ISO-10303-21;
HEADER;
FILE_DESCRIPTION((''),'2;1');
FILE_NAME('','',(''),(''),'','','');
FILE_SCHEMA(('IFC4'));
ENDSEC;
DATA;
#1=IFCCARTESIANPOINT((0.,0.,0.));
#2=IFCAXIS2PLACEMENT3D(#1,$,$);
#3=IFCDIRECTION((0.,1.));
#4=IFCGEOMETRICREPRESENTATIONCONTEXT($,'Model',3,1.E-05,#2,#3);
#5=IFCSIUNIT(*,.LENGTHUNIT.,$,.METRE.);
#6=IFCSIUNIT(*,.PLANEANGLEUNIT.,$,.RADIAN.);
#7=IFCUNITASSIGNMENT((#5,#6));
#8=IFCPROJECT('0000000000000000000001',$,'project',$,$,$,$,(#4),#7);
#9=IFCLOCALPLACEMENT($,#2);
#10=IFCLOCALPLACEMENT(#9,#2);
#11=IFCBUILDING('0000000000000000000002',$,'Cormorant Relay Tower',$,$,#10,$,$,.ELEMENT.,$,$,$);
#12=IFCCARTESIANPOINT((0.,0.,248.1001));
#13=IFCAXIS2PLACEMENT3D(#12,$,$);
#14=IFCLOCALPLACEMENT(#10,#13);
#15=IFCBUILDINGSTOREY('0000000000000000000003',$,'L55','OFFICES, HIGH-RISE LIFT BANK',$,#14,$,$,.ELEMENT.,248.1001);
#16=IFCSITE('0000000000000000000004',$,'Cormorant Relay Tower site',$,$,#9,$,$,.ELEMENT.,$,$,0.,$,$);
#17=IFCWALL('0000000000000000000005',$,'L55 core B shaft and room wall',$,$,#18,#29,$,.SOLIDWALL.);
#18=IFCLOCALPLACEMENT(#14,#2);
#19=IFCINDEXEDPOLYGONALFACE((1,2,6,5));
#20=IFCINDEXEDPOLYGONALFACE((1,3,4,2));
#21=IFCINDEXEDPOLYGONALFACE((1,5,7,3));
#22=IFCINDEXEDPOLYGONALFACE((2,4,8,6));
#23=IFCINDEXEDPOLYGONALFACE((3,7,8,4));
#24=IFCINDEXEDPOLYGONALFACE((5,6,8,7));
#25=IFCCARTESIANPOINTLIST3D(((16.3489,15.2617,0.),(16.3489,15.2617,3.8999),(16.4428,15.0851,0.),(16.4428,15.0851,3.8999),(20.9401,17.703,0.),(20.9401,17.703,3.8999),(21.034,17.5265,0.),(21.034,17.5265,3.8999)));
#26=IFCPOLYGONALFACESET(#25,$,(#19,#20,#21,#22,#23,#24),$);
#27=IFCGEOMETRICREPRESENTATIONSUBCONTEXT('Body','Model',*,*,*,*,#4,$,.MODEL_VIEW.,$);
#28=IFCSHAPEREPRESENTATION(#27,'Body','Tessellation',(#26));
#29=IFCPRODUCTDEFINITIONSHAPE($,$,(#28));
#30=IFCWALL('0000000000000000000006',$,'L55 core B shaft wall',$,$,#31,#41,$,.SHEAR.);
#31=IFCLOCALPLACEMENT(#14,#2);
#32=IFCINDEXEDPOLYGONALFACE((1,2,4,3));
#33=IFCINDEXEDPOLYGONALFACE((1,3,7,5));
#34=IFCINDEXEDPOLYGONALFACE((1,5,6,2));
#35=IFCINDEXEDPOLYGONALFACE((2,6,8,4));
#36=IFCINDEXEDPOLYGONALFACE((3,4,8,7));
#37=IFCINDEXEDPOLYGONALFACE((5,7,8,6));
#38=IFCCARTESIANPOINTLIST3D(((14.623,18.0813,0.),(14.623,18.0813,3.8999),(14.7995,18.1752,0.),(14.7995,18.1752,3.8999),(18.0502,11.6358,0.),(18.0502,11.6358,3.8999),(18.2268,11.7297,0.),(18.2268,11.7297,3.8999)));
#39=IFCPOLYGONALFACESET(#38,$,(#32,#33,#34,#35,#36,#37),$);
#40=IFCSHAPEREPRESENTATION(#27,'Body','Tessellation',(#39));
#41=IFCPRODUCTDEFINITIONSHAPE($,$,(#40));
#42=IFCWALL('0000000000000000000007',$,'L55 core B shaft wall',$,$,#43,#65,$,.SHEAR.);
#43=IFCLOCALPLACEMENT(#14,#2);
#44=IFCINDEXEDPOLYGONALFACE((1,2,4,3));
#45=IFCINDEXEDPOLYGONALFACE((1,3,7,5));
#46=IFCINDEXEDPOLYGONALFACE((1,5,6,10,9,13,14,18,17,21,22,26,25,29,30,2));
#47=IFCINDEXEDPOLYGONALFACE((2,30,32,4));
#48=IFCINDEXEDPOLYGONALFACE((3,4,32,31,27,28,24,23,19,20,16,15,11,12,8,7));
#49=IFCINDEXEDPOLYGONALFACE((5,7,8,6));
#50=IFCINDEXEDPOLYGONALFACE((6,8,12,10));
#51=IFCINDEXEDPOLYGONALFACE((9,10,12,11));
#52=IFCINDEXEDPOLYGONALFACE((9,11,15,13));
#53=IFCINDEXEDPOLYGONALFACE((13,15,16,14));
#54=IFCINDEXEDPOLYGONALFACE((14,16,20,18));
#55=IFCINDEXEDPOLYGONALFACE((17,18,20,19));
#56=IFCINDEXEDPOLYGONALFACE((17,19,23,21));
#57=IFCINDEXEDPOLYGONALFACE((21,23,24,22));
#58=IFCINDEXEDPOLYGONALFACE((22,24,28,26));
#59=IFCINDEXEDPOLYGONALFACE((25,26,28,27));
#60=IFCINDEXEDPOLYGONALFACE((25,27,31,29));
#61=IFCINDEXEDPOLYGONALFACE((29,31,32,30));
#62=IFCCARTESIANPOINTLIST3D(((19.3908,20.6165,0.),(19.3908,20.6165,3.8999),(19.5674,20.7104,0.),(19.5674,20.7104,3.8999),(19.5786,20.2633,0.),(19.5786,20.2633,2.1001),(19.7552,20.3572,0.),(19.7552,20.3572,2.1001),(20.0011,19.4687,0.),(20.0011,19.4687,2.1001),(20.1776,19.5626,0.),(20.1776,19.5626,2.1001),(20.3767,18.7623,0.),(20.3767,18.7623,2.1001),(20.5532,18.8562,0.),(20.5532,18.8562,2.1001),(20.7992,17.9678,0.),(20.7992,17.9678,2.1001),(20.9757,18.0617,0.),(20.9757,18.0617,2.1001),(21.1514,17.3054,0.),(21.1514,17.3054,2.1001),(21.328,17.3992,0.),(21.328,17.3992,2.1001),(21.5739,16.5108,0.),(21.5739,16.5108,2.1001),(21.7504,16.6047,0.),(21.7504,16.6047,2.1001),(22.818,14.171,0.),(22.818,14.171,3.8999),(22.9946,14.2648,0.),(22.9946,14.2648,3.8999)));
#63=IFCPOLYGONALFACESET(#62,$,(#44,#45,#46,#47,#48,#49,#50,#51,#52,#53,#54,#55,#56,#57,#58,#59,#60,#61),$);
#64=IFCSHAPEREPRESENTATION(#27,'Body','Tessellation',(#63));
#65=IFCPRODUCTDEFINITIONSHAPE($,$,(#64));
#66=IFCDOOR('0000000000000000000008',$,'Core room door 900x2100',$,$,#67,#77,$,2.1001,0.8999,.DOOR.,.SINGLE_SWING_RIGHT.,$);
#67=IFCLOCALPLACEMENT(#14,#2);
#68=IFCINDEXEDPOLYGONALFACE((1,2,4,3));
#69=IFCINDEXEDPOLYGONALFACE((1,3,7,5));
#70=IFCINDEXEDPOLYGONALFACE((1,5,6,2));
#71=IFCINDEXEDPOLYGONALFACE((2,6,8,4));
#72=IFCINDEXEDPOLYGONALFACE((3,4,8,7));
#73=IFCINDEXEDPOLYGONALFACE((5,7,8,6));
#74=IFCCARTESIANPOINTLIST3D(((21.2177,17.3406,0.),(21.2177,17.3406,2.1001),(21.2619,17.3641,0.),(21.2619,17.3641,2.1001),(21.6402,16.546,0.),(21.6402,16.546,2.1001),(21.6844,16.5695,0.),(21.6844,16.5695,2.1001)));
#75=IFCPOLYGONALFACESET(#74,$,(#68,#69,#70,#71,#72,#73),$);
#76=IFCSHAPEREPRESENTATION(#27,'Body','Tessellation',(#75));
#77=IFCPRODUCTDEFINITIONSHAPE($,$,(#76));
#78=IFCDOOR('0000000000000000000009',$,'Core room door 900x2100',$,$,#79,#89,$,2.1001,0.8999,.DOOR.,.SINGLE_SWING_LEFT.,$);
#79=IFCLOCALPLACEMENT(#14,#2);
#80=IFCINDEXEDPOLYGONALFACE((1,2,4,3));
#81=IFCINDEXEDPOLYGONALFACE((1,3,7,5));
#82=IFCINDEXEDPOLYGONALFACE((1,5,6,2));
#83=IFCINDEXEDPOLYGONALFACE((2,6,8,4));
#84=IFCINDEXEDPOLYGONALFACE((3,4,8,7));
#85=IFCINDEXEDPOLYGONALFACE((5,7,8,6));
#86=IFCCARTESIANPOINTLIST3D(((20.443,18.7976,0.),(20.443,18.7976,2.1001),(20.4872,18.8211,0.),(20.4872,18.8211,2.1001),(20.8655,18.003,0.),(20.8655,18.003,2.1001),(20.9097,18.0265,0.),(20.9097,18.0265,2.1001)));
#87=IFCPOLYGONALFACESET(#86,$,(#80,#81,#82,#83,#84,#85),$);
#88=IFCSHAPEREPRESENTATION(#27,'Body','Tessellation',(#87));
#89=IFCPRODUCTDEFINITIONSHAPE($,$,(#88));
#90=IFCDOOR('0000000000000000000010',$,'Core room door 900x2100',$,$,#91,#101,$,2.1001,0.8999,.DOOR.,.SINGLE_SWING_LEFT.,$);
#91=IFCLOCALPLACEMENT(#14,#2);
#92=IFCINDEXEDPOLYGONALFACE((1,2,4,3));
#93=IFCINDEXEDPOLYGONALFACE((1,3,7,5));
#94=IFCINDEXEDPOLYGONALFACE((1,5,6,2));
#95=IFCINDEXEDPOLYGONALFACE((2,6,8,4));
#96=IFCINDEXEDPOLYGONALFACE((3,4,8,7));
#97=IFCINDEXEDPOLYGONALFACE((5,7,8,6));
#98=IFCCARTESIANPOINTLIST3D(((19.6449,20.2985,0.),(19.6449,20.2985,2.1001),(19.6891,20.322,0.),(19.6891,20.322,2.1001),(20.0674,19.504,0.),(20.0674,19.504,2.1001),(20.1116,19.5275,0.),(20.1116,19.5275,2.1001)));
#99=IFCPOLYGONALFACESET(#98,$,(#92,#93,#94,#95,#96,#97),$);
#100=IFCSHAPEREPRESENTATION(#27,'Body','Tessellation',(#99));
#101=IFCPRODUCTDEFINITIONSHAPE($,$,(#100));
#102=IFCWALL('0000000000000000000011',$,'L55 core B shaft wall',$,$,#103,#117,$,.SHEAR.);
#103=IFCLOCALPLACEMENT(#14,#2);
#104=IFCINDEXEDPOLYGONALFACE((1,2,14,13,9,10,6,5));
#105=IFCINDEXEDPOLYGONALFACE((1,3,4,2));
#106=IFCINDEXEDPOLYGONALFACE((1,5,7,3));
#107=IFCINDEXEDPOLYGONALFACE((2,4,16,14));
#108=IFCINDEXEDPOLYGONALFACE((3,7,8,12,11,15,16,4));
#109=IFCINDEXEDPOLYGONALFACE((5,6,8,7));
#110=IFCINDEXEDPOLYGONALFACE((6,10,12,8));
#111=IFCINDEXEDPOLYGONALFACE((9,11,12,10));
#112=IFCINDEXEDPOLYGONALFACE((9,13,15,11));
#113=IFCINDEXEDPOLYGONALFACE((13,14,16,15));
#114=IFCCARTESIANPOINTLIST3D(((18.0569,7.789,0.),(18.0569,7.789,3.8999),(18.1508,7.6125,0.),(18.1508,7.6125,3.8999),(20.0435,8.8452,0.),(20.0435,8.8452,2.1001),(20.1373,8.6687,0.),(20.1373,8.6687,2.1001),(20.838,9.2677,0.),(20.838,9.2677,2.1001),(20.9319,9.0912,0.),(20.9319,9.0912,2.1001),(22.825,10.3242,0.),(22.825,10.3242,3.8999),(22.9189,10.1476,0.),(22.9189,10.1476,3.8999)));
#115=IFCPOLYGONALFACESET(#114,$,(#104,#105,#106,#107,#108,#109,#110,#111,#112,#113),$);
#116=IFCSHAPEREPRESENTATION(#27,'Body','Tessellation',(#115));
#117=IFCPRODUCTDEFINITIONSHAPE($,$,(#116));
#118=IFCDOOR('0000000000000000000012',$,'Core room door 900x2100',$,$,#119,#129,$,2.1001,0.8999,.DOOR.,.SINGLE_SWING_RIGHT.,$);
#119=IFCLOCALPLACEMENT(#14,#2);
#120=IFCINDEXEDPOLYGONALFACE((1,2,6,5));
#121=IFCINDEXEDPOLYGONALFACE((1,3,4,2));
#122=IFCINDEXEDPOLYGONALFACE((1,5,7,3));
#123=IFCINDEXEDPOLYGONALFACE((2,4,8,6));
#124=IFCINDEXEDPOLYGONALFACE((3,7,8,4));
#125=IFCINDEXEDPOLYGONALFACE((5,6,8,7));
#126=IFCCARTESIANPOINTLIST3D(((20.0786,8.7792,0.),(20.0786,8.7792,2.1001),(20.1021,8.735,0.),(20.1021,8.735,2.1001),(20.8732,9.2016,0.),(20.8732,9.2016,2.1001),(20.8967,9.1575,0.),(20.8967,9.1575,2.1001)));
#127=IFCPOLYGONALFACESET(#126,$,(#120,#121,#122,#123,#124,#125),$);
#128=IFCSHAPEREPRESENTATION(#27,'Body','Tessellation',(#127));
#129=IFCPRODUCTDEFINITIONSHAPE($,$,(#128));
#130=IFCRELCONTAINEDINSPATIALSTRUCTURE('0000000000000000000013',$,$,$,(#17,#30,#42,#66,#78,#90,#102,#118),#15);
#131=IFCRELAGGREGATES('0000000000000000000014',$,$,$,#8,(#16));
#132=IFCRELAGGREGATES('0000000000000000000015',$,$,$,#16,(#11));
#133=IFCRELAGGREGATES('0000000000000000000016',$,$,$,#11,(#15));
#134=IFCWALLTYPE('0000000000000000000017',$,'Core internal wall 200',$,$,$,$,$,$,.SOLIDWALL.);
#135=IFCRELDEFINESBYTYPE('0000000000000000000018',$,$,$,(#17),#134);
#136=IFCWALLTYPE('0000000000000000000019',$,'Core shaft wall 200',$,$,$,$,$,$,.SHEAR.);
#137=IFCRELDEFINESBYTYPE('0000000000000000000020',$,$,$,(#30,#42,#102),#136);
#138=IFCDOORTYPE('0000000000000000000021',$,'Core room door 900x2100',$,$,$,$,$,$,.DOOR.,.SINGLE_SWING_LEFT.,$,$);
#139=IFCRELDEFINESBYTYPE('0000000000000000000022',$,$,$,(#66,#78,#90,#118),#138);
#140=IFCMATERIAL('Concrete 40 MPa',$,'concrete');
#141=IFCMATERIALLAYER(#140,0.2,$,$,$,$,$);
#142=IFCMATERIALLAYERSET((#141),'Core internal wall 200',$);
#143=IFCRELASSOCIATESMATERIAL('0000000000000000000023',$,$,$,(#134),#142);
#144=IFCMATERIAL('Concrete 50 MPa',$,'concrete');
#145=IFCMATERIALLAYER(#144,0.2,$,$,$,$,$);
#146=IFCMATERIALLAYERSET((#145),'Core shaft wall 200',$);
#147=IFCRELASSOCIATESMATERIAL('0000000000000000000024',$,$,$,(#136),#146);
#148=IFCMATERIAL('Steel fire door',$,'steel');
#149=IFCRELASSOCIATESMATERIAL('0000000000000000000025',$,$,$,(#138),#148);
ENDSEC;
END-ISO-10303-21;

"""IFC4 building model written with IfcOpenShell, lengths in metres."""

from ifc_helpers import new_model, si_unit, direction, frame, frame_2d, origin, place, context, subcontext, project, spatial, rectangle, extrude, material, layer, layer_set, type_object, element, fill, save


model = new_model("IFC4")

# Units and contexts
model_context = context("Model", 3, precision=1e-05, world=origin(), true_north=direction((0.0, 1.0)))
body_context = subcontext(model_context, "Body", "Model", "MODEL_VIEW")
ifc_project = project(units=[si_unit("LENGTHUNIT", "METRE"), si_unit("PLANEANGLEUNIT", "RADIAN")], contexts=[model_context])

# Site, building, storey
site_placement = place(None, origin())
site = spatial("IfcSite", under=ifc_project, at=site_placement, Name="Cormorant Relay Tower site", CompositionType="ELEMENT", RefElevation=0.0)
building_placement = place(site_placement, origin())
building = spatial("IfcBuilding", under=site, at=building_placement, Name="Cormorant Relay Tower", CompositionType="ELEMENT")
storey_placement = place(building_placement, frame((0.0, 0.0, 248.1001)))
storey = spatial("IfcBuildingStorey", under=building, at=storey_placement, Name="L55", Description="OFFICES, HIGH-RISE LIFT BANK", CompositionType="ELEMENT", Elevation=248.1001)

# Walls
ifc_material_1 = material(Name="Concrete 40 MPa", Category="concrete")
ifc_layer_1 = layer(ifc_material_1, 0.2)
ifc_layer_set_1 = layer_set([ifc_layer_1], Name="Core internal wall 200")
wall_type_1 = type_object("IfcWallType", Name="Core internal wall 200", PredefinedType="SOLIDWALL", material=ifc_layer_set_1)
wall_1_placement = place(storey_placement, frame((16.3958, 15.1733, 0.0), z_axis=(0.0, 0.0, 1.0), x_axis=(0.882935, 0.469496, 0.0)))
element("IfcWall", 1, at=wall_1_placement, inside=storey, type_object=wall_type_1, Name="L55 core B shaft and room wall", PredefinedType="SOLIDWALL", context=body_context, shape_type="SweptSolid", body=[
    extrude(rectangle(XDim=5.2, YDim=0.2, at=frame_2d((2.6001, 0.0))), origin(), (0.0, 0.0, 1.0), 3.8999),
])
ifc_material_2 = material(Name="Concrete 50 MPa", Category="concrete")
ifc_layer_2 = layer(ifc_material_2, 0.2)
ifc_layer_set_2 = layer_set([ifc_layer_2], Name="Core shaft wall 200")
wall_type_2 = type_object("IfcWallType", Name="Core shaft wall 200", PredefinedType="SHEAR", material=ifc_layer_set_2)
wall_2_placement = place(storey_placement, frame((18.1384, 11.6829, 0.0), z_axis=(0.0, 0.0, 1.0), x_axis=(-0.46948, 0.882943, 0.0)))
element("IfcWall", 2, at=wall_2_placement, inside=storey, type_object=wall_type_2, Name="L55 core B shaft wall", PredefinedType="SHEAR", context=body_context, shape_type="SweptSolid", body=[
    extrude(rectangle(XDim=7.3, YDim=0.2, at=frame_2d((3.6499, 0.0))), origin(), (0.0, 0.0, 1.0), 3.8999),
])

# Wall, openings, doors
wall_3_placement = place(storey_placement, frame((22.9062, 14.218, 0.0), z_axis=(0.0, 0.0, 1.0), x_axis=(-0.46948, 0.882943, 0.0)))
wall_3 = element("IfcWall", 3, at=wall_3_placement, inside=storey, type_object=wall_type_2, Name="L55 core B shaft wall", PredefinedType="SHEAR", context=body_context, shape_type="SweptSolid", body=[
    extrude(rectangle(XDim=7.3, YDim=0.2, at=frame_2d((3.6499, 0.0))), origin(), (0.0, 0.0, 1.0), 3.8999),
])
opening_1_placement = place(wall_3_placement, frame((2.6499, 0.0, 0.0)))
opening_1 = element("IfcOpeningElement", 4, at=opening_1_placement, cuts=wall_3, PredefinedType="OPENING", context=body_context, shape_type="SweptSolid", body=[
    extrude(rectangle(XDim=0.8999, YDim=2.1001, at=frame_2d((0.45, 1.05))), frame((0.0, 0.1099, 0.0), z_axis=(0.0, -1.0, 0.0), x_axis=(1.0, 0.0, 0.0)), (0.0, 0.0, 1.0), 0.22),
])
opening_2_placement = place(wall_3_placement, frame((4.3, 0.0, 0.0)))
opening_2 = element("IfcOpeningElement", 5, at=opening_2_placement, cuts=wall_3, PredefinedType="OPENING", context=body_context, shape_type="SweptSolid", body=[
    extrude(rectangle(XDim=0.8999, YDim=2.1001, at=frame_2d((0.45, 1.05))), frame((0.0, 0.1099, 0.0), z_axis=(0.0, -1.0, 0.0), x_axis=(1.0, 0.0, 0.0)), (0.0, 0.0, 1.0), 0.22),
])
opening_3_placement = place(wall_3_placement, frame((6.0, 0.0, 0.0)))
opening_3 = element("IfcOpeningElement", 6, at=opening_3_placement, cuts=wall_3, PredefinedType="OPENING", context=body_context, shape_type="SweptSolid", body=[
    extrude(rectangle(XDim=0.8999, YDim=2.1001, at=frame_2d((0.45, 1.05))), frame((0.0, 0.1099, 0.0), z_axis=(0.0, -1.0, 0.0), x_axis=(1.0, 0.0, 0.0)), (0.0, 0.0, 1.0), 0.22),
])
ifc_material_3 = material(Name="Steel fire door", Category="steel")
door_type_1 = type_object("IfcDoorType", Name="Core room door 900x2100", OperationType="SINGLE_SWING_LEFT", PredefinedType="DOOR", material=ifc_material_3)
door_1_placement = place(opening_1_placement, origin())
door_1 = element("IfcDoor", 7, at=door_1_placement, inside=storey, type_object=door_type_1, Name="Core room door 900x2100", OperationType="SINGLE_SWING_RIGHT", OverallHeight=2.1001, OverallWidth=0.8999, PredefinedType="DOOR", context=body_context, shape_type="SweptSolid", body=[
    extrude(rectangle(XDim=0.8999, YDim=2.1001, at=frame_2d((0.45, 1.05))), frame((0.0, 0.0249, 0.0), z_axis=(0.0, -1.0, 0.0), x_axis=(1.0, 0.0, 0.0)), (0.0, 0.0, 1.0), 0.05),
])
fill(opening_1, door_1)
door_2_placement = place(opening_2_placement, origin())
door_2 = element("IfcDoor", 8, at=door_2_placement, inside=storey, type_object=door_type_1, Name="Core room door 900x2100", OperationType="SINGLE_SWING_LEFT", OverallHeight=2.1001, OverallWidth=0.8999, PredefinedType="DOOR", context=body_context, shape_type="SweptSolid", body=[
    extrude(rectangle(XDim=0.8999, YDim=2.1001, at=frame_2d((0.45, 1.05))), frame((0.0, 0.0249, 0.0), z_axis=(0.0, -1.0, 0.0), x_axis=(1.0, 0.0, 0.0)), (0.0, 0.0, 1.0), 0.05),
])
fill(opening_2, door_2)
door_3_placement = place(opening_3_placement, origin())
door_3 = element("IfcDoor", 9, at=door_3_placement, inside=storey, type_object=door_type_1, Name="Core room door 900x2100", OperationType="SINGLE_SWING_LEFT", OverallHeight=2.1001, OverallWidth=0.8999, PredefinedType="DOOR", context=body_context, shape_type="SweptSolid", body=[
    extrude(rectangle(XDim=0.8999, YDim=2.1001, at=frame_2d((0.45, 1.05))), frame((0.0, 0.0249, 0.0), z_axis=(0.0, -1.0, 0.0), x_axis=(1.0, 0.0, 0.0)), (0.0, 0.0, 1.0), 0.05),
])
fill(opening_3, door_3)

# Wall, opening, door
wall_4_placement = place(storey_placement, frame((18.1038, 7.7007, 0.0), z_axis=(0.0, 0.0, 1.0), x_axis=(0.882953, 0.469462, 0.0)))
wall_4 = element("IfcWall", 10, at=wall_4_placement, inside=storey, type_object=wall_type_2, Name="L55 core B shaft wall", PredefinedType="SHEAR", context=body_context, shape_type="SweptSolid", body=[
    extrude(rectangle(XDim=5.4001, YDim=0.2, at=frame_2d((2.7002, 0.0))), origin(), (0.0, 0.0, 1.0), 3.8999),
])
opening_4_placement = place(wall_4_placement, frame((2.25, 0.0, 0.0)))
opening_4 = element("IfcOpeningElement", 11, at=opening_4_placement, cuts=wall_4, PredefinedType="OPENING", context=body_context, shape_type="SweptSolid", body=[
    extrude(rectangle(XDim=0.8999, YDim=2.1001, at=frame_2d((0.45, 1.05))), frame((0.0, 0.1099, 0.0), z_axis=(0.0, -1.0, 0.0), x_axis=(1.0, 0.0, 0.0)), (0.0, 0.0, 1.0), 0.22),
])
door_4_placement = place(opening_4_placement, frame((0.8999, 0.0, 0.0), z_axis=(0.0, 0.0, 1.0), x_axis=(-1.0, 0.0, 0.0)))
door_4 = element("IfcDoor", 12, at=door_4_placement, inside=storey, type_object=door_type_1, Name="Core room door 900x2100", OperationType="SINGLE_SWING_RIGHT", OverallHeight=2.1001, OverallWidth=0.8999, PredefinedType="DOOR", context=body_context, shape_type="SweptSolid", body=[
    extrude(rectangle(XDim=0.8999, YDim=2.1001, at=frame_2d((0.45, 1.05))), frame((0.0, 0.0249, 0.0), z_axis=(0.0, -1.0, 0.0), x_axis=(1.0, 0.0, 0.0)), (0.0, 0.0, 1.0), 0.05),
])
fill(opening_4, door_4)

save(model, "model.ifc")
